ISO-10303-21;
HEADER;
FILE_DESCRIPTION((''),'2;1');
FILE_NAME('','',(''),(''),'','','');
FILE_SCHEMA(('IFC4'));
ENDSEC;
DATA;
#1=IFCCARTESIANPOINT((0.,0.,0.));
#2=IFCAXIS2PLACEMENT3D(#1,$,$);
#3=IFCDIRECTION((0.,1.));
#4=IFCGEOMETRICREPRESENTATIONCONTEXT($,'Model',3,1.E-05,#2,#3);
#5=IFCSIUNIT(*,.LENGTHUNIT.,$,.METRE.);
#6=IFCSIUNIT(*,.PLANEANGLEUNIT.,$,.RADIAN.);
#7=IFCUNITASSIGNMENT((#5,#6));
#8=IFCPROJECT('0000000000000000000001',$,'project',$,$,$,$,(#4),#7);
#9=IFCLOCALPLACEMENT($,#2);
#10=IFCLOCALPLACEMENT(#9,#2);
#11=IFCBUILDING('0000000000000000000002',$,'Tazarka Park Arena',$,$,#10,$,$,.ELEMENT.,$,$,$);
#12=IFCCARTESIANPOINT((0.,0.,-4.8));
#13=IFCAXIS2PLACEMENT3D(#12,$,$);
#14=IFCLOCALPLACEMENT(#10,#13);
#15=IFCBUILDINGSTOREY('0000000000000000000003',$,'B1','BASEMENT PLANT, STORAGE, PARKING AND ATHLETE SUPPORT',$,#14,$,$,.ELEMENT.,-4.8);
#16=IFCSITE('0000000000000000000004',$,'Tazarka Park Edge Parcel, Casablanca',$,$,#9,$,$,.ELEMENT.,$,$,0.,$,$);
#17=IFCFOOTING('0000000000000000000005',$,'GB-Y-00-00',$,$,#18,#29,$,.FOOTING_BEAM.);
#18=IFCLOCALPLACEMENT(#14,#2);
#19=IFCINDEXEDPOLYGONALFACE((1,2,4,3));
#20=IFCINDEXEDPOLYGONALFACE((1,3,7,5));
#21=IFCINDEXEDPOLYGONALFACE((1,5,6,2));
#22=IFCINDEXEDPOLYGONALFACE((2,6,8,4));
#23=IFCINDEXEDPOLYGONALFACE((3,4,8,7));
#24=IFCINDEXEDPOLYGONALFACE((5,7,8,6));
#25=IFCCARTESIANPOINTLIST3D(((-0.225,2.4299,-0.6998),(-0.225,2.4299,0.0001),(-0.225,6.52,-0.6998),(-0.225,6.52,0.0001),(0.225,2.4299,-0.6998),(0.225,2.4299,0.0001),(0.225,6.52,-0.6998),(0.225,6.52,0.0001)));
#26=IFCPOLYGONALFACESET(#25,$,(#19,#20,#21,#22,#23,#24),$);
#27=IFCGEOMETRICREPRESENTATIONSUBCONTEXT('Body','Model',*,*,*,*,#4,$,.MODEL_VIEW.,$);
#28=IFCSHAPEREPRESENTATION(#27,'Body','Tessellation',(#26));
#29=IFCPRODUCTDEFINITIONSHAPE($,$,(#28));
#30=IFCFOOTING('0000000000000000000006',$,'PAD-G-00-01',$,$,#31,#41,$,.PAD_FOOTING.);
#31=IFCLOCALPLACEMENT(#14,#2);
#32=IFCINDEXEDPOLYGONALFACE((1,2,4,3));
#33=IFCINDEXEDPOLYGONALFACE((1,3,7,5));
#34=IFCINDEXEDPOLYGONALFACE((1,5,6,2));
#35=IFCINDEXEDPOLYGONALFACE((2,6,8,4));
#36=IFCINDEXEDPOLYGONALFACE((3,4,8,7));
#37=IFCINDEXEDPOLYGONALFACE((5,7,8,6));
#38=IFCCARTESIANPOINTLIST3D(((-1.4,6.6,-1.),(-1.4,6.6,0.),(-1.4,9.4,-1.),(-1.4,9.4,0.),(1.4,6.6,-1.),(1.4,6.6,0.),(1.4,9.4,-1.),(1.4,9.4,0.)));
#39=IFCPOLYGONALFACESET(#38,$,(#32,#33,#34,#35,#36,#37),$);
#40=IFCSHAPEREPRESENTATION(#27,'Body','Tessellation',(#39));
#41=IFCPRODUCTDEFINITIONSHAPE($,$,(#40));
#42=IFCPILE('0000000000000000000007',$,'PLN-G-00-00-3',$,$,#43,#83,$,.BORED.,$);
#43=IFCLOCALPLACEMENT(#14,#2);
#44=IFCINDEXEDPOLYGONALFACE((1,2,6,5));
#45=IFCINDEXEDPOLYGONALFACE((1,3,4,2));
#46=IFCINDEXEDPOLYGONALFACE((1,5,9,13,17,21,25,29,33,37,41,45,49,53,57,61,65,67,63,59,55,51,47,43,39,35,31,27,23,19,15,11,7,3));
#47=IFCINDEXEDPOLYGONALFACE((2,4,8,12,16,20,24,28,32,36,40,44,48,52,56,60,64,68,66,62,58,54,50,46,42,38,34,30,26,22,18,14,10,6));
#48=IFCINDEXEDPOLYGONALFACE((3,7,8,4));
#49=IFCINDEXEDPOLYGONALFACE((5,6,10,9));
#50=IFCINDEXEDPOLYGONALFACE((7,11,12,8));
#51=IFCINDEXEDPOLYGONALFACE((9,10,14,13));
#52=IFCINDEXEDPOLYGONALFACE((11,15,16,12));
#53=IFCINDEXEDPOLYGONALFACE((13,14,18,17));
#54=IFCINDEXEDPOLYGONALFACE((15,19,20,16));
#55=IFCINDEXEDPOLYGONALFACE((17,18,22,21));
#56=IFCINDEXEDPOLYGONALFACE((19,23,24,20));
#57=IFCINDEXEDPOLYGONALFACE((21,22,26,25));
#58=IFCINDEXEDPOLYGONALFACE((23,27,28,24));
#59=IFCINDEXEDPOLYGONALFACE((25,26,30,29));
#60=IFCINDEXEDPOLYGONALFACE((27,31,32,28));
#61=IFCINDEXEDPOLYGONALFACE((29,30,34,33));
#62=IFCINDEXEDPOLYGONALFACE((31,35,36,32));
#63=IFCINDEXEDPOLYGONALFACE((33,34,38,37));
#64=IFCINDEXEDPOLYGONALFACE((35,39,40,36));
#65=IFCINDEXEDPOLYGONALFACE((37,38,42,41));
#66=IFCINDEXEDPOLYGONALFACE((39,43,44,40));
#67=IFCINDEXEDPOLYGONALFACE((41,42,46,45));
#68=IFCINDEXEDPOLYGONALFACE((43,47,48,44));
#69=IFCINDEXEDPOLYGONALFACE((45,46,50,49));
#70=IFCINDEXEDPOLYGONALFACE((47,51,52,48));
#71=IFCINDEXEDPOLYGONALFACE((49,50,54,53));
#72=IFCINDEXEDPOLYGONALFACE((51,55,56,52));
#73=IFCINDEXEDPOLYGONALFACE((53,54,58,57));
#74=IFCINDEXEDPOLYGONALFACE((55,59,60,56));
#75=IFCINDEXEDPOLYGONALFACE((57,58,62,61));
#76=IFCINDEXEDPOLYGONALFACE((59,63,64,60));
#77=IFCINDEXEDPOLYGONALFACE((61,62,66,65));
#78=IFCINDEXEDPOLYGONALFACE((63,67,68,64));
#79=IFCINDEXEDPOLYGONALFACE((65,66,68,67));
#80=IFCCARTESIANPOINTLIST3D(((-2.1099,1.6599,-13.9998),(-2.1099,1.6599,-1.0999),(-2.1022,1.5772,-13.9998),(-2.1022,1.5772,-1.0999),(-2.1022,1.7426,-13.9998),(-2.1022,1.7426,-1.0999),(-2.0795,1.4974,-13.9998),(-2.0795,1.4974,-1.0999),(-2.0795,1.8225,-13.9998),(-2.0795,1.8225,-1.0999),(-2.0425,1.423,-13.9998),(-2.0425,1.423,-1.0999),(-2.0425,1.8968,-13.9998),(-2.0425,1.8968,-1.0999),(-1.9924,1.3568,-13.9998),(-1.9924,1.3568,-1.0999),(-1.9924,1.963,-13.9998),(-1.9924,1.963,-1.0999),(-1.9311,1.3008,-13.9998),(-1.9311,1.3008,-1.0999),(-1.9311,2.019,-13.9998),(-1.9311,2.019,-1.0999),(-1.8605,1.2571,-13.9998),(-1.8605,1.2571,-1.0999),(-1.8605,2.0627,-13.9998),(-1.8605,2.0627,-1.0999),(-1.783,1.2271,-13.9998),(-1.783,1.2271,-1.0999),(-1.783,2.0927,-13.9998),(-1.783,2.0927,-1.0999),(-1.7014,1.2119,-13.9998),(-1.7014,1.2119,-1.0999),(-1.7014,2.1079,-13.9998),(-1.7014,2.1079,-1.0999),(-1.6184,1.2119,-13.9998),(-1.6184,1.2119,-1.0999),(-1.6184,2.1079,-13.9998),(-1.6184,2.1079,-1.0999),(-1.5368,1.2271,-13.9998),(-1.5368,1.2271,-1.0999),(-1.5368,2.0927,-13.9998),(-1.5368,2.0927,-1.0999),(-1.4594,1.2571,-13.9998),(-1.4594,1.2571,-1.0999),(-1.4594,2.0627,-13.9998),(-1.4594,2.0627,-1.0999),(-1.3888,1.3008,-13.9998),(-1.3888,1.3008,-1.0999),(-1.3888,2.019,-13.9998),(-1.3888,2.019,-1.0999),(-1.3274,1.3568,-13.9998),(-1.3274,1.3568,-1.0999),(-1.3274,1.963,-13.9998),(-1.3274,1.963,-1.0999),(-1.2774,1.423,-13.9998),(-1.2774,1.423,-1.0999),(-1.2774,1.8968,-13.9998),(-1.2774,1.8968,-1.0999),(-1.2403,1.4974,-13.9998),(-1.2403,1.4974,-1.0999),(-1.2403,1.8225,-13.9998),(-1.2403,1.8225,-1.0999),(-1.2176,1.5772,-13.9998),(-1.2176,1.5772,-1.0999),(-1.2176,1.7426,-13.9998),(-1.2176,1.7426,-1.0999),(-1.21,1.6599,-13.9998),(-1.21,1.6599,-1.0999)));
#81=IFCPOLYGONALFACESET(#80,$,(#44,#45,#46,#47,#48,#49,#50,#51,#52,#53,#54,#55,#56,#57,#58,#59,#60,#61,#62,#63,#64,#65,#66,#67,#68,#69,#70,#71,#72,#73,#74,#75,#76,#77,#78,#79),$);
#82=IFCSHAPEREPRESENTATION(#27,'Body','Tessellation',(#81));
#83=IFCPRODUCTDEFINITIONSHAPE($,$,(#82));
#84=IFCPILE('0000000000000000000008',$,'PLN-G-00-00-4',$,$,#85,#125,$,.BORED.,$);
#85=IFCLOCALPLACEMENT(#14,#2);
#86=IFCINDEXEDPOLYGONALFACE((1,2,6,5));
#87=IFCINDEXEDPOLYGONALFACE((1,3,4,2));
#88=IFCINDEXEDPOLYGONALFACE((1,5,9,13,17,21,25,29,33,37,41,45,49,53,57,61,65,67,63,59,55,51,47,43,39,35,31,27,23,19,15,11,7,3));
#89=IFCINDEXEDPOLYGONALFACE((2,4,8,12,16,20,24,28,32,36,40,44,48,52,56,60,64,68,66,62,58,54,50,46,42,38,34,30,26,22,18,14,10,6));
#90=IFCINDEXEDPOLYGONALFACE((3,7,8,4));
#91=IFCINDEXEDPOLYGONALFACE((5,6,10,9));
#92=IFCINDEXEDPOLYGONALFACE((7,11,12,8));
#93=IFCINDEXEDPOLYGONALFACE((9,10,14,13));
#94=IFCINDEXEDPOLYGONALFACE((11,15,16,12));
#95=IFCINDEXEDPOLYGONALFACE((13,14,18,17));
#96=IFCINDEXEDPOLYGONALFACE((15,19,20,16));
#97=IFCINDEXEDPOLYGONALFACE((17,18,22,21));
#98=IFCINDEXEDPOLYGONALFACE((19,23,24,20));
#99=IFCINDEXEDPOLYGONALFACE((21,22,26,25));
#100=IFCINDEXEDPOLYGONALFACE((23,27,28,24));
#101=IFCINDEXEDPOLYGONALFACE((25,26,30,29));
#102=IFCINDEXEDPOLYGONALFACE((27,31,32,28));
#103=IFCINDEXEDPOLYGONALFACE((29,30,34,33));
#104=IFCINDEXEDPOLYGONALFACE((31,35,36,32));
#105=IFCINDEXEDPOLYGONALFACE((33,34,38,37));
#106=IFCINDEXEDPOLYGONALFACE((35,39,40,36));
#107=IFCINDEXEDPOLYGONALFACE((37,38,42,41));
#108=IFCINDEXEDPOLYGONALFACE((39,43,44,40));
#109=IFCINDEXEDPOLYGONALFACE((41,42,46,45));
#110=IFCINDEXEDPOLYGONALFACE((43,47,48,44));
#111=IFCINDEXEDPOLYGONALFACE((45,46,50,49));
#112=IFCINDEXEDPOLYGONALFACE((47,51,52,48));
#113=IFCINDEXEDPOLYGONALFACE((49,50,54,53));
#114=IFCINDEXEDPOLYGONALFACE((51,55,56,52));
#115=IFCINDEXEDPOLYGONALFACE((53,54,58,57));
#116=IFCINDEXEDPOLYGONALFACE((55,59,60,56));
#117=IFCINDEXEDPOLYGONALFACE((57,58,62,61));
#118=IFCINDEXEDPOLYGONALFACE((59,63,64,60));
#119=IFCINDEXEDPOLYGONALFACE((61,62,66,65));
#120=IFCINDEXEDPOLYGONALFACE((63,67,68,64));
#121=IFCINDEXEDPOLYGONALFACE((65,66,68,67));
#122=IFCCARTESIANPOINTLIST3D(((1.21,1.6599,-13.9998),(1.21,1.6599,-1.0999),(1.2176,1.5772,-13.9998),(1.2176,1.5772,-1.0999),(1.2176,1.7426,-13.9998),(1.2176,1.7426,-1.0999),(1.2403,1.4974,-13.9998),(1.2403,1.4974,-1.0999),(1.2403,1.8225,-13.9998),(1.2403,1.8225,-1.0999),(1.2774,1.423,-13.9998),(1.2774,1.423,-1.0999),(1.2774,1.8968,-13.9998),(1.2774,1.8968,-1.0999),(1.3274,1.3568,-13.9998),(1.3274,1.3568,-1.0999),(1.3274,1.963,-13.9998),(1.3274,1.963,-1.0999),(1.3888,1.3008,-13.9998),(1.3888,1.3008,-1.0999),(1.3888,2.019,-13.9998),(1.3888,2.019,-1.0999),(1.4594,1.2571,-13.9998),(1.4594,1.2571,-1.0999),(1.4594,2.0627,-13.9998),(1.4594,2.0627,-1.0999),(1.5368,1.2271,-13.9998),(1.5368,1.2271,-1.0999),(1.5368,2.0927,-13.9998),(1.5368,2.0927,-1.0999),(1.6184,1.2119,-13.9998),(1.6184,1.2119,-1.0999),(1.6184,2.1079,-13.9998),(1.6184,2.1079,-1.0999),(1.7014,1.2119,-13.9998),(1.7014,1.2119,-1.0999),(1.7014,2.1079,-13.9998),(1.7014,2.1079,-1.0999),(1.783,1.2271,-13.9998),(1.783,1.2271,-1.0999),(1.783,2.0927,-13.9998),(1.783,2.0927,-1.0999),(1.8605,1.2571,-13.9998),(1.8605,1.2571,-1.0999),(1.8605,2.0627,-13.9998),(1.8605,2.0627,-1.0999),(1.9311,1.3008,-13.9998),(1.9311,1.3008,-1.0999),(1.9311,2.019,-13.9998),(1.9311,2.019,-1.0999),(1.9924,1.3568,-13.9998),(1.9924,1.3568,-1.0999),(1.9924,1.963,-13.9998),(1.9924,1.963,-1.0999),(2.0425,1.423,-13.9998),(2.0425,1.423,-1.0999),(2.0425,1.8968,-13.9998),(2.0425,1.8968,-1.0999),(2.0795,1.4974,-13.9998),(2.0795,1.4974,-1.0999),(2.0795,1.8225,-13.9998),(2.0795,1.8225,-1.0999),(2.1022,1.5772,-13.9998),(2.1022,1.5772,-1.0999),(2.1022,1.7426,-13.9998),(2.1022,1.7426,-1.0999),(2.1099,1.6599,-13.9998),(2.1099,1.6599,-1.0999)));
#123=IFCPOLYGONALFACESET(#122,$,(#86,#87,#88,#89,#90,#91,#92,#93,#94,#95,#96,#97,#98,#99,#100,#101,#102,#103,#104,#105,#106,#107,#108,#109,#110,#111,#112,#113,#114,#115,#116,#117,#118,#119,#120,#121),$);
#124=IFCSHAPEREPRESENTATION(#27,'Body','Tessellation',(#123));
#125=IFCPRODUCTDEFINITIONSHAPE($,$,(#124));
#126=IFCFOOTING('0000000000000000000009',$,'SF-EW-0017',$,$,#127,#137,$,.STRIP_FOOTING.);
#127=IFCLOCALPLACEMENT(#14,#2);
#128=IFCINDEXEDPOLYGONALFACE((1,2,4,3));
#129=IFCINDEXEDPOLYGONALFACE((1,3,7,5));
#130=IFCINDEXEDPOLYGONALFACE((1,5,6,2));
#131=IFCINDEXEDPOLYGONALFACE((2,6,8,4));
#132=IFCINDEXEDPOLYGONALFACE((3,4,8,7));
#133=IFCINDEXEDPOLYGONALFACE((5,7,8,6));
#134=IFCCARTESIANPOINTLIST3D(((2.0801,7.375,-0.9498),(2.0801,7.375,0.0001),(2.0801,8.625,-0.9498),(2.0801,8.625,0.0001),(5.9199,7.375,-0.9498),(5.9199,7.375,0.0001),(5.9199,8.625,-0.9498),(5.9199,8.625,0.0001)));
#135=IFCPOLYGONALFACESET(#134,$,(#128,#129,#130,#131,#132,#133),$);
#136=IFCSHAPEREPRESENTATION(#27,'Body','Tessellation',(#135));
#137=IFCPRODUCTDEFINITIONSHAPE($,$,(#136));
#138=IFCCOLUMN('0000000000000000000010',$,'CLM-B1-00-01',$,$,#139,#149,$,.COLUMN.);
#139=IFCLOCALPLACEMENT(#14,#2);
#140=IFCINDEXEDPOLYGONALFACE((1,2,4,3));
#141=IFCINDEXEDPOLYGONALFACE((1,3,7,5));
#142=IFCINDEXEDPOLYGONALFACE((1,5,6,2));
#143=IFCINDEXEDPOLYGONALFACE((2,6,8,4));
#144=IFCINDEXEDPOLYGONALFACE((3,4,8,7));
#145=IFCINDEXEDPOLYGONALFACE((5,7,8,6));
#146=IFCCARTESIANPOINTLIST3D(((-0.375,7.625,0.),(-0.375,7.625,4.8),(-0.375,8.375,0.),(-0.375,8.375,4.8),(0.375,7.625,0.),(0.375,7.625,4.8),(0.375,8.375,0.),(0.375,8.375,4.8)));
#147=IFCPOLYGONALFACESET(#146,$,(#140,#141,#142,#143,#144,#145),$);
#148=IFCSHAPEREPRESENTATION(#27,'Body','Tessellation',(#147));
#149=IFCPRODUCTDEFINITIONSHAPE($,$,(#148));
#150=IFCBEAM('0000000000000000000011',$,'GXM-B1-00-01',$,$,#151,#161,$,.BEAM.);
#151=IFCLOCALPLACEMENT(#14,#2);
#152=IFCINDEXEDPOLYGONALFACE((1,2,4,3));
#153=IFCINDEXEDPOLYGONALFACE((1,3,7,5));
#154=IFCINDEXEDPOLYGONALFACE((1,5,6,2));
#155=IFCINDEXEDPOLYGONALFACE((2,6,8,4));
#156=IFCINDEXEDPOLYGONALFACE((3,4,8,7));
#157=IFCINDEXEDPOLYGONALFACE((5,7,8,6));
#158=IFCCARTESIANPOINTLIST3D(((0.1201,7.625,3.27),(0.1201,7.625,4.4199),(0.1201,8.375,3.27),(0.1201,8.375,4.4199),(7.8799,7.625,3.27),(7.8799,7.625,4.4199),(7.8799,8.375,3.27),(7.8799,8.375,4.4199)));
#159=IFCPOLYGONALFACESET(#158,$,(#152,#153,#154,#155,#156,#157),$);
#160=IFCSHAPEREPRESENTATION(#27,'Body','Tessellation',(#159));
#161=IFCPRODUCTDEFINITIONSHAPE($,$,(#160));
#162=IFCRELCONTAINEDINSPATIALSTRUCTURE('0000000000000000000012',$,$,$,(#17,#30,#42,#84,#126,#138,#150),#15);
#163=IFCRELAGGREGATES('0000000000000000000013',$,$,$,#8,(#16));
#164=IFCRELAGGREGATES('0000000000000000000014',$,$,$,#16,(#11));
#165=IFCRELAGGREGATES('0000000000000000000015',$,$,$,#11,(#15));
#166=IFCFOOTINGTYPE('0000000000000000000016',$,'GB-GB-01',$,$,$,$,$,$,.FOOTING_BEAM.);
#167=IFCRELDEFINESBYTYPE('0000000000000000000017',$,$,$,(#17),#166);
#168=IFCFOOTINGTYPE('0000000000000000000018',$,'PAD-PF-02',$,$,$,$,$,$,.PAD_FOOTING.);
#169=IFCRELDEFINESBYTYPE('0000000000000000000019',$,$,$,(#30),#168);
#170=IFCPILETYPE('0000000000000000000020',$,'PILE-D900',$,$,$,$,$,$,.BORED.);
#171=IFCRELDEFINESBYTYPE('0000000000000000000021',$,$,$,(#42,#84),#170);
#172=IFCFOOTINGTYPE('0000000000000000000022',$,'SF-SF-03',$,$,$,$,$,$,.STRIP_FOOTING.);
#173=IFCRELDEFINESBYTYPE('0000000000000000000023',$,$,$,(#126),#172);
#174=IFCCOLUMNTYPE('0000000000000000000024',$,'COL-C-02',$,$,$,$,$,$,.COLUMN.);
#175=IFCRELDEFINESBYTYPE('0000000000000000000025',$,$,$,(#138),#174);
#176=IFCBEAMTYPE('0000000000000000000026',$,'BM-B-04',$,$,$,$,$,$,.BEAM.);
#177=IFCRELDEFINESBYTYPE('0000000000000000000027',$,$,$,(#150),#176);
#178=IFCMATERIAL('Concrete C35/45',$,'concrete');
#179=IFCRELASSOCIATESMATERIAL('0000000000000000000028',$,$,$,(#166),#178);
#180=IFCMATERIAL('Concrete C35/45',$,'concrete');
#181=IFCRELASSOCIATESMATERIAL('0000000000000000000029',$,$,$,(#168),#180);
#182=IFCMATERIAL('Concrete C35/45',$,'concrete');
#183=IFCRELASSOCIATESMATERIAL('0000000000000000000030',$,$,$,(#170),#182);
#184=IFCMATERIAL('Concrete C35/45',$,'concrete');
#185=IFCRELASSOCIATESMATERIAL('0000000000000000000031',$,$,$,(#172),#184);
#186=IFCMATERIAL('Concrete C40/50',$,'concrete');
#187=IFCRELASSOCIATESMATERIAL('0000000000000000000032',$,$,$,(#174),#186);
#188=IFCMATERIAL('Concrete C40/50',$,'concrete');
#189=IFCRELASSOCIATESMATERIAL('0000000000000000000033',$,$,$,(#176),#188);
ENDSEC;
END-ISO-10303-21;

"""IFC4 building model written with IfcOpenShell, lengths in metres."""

from ifc_helpers import new_model, si_unit, direction, frame, origin, origin_2d, place, context, subcontext, project, spatial, rectangle, circle, extrude, material, material_profile, profile_set, type_object, element, save


model = new_model("IFC4")

# Units and contexts
model_context = context("Model", 3, precision=1e-05, world=origin(), true_north=direction((0.0, 1.0)))
body_context = subcontext(model_context, "Body", "Model", "MODEL_VIEW")
ifc_project = project(units=[si_unit("LENGTHUNIT", "METRE"), si_unit("PLANEANGLEUNIT", "RADIAN")], contexts=[model_context])

# Site, building, storey
site_placement = place(None, origin())
site = spatial("IfcSite", under=ifc_project, at=site_placement, Name="Tazarka Park Edge Parcel, Casablanca", CompositionType="ELEMENT", RefElevation=0.0)
building_placement = place(site_placement, origin())
building = spatial("IfcBuilding", under=site, at=building_placement, Name="Tazarka Park Arena", CompositionType="ELEMENT")
storey_placement = place(building_placement, frame((0.0, 0.0, -4.8)))
storey = spatial("IfcBuildingStorey", under=building, at=storey_placement, Name="B1", Description="BASEMENT PLANT, STORAGE, PARKING AND ATHLETE SUPPORT", CompositionType="ELEMENT", Elevation=-4.8)

# Footings
ifc_material_1 = material(Name="Concrete C35/45", Category="concrete")
ifc_material_profile_1 = material_profile(ifc_material_1, rectangle(XDim=0.45, YDim=0.7, at=origin_2d()), Name="Concrete C35/45")
ifc_profile_set_1 = profile_set([ifc_material_profile_1], Name="Concrete C35/45")
footing_type_1 = type_object("IfcFootingType", Name="GB-GB-01", PredefinedType="FOOTING_BEAM", material=ifc_profile_set_1)
footing_1_placement = place(storey_placement, frame((0.0, 2.4299, -0.3499), z_axis=(0.0, 1.0, 0.0), x_axis=(-1.0, 0.0, 0.0)))
element("IfcFooting", 1, at=footing_1_placement, inside=storey, type_object=footing_type_1, Name="GB-Y-00-00", PredefinedType="FOOTING_BEAM", context=body_context, shape_type="SweptSolid", body=[
    extrude(rectangle(XDim=0.45, YDim=0.7, at=origin_2d()), origin(), (0.0, 0.0, 1.0), 4.0901),
])
ifc_material_2 = material(Name="Concrete C35/45", Category="concrete")
footing_type_2 = type_object("IfcFootingType", Name="PAD-PF-02", PredefinedType="PAD_FOOTING", material=ifc_material_2)
footing_2_placement = place(storey_placement, frame((0.0, 8.0, -1.0), z_axis=(0.0, 0.0, 1.0), x_axis=(1.0, 0.0, 0.0)))
element("IfcFooting", 2, at=footing_2_placement, inside=storey, type_object=footing_type_2, Name="PAD-G-00-01", PredefinedType="PAD_FOOTING", context=body_context, shape_type="SweptSolid", body=[
    extrude(rectangle(XDim=2.8, YDim=2.8, at=origin_2d()), origin(), (0.0, 0.0, 1.0), 1.0),
])

# Piles
ifc_material_3 = material(Name="Concrete C35/45", Category="concrete")
ifc_material_profile_2 = material_profile(ifc_material_3, circle(Radius=0.45, at=origin_2d()), Name="Concrete C35/45")
ifc_profile_set_2 = profile_set([ifc_material_profile_2], Name="Concrete C35/45")
pile_type = type_object("IfcPileType", Name="PILE-D900", PredefinedType="BORED", material=ifc_profile_set_2)
for number, where, z_axis, x_axis, name in (
    (3, (-1.6599, 1.6599, -1.0999), (0.0, 0.0, -1.0), (1.0, 0.0, 0.0), "PLN-G-00-00-3"),
    (4, (1.6599, 1.6599, -1.0999), (0.0, 0.0, -1.0), (1.0, 0.0, 0.0), "PLN-G-00-00-4"),
):
    element("IfcPile", number, at=place(storey_placement, frame(where, z_axis=z_axis, x_axis=x_axis)), inside=storey, type_object=pile_type, Name=name, PredefinedType="BORED", context=body_context, shape_type="SweptSolid", body=[
        extrude(circle(Radius=0.45, at=origin_2d()), origin(), (0.0, 0.0, 1.0), 12.8999),
    ])

# Footing
ifc_material_4 = material(Name="Concrete C35/45", Category="concrete")
ifc_material_profile_3 = material_profile(ifc_material_4, rectangle(XDim=1.25, YDim=0.95, at=origin_2d()), Name="Concrete C35/45")
ifc_profile_set_3 = profile_set([ifc_material_profile_3], Name="Concrete C35/45")
footing_type_3 = type_object("IfcFootingType", Name="SF-SF-03", PredefinedType="STRIP_FOOTING", material=ifc_profile_set_3)
footing_3_placement = place(storey_placement, frame((5.9199, 8.0, -0.4749), z_axis=(-1.0, 0.0, 0.0), x_axis=(0.0, -1.0, 0.0)))
element("IfcFooting", 5, at=footing_3_placement, inside=storey, type_object=footing_type_3, Name="SF-EW-0017", PredefinedType="STRIP_FOOTING", context=body_context, shape_type="SweptSolid", body=[
    extrude(rectangle(XDim=1.25, YDim=0.95, at=origin_2d()), origin(), (0.0, 0.0, 1.0), 3.8398),
])

# Column
ifc_material_5 = material(Name="Concrete C40/50", Category="concrete")
ifc_material_profile_4 = material_profile(ifc_material_5, rectangle(XDim=0.75, YDim=0.75, at=origin_2d()), Name="Concrete C40/50")
ifc_profile_set_4 = profile_set([ifc_material_profile_4], Name="Concrete C40/50")
column_type = type_object("IfcColumnType", Name="COL-C-02", PredefinedType="COLUMN", material=ifc_profile_set_4)
column_placement = place(storey_placement, frame((0.0, 8.0, 0.0), z_axis=(0.0, 0.0, 1.0), x_axis=(1.0, 0.0, 0.0)))
element("IfcColumn", 6, at=column_placement, inside=storey, type_object=column_type, Name="CLM-B1-00-01", PredefinedType="COLUMN", context=body_context, shape_type="SweptSolid", body=[
    extrude(rectangle(XDim=0.75, YDim=0.75, at=origin_2d()), origin(), (0.0, 0.0, 1.0), 4.8),
])

# Beam
ifc_material_6 = material(Name="Concrete C40/50", Category="concrete")
ifc_material_profile_5 = material_profile(ifc_material_6, rectangle(XDim=0.75, YDim=1.1499, at=origin_2d()), Name="Concrete C40/50")
ifc_profile_set_5 = profile_set([ifc_material_profile_5], Name="Concrete C40/50")
beam_type_1 = type_object("IfcBeamType", Name="BM-B-04", PredefinedType="BEAM", material=ifc_profile_set_5)
beam_1_placement = place(storey_placement, frame((0.1201, 8.0, 3.845), z_axis=(1.0, 0.0, 0.0), x_axis=(0.0, 1.0, 0.0)))
element("IfcBeam", 7, at=beam_1_placement, inside=storey, type_object=beam_type_1, Name="GXM-B1-00-01", PredefinedType="BEAM", context=body_context, shape_type="SweptSolid", body=[
    extrude(rectangle(XDim=0.75, YDim=1.1499, at=origin_2d()), origin(), (0.0, 0.0, 1.0), 7.7598),
])

save(model, "model.ifc")
